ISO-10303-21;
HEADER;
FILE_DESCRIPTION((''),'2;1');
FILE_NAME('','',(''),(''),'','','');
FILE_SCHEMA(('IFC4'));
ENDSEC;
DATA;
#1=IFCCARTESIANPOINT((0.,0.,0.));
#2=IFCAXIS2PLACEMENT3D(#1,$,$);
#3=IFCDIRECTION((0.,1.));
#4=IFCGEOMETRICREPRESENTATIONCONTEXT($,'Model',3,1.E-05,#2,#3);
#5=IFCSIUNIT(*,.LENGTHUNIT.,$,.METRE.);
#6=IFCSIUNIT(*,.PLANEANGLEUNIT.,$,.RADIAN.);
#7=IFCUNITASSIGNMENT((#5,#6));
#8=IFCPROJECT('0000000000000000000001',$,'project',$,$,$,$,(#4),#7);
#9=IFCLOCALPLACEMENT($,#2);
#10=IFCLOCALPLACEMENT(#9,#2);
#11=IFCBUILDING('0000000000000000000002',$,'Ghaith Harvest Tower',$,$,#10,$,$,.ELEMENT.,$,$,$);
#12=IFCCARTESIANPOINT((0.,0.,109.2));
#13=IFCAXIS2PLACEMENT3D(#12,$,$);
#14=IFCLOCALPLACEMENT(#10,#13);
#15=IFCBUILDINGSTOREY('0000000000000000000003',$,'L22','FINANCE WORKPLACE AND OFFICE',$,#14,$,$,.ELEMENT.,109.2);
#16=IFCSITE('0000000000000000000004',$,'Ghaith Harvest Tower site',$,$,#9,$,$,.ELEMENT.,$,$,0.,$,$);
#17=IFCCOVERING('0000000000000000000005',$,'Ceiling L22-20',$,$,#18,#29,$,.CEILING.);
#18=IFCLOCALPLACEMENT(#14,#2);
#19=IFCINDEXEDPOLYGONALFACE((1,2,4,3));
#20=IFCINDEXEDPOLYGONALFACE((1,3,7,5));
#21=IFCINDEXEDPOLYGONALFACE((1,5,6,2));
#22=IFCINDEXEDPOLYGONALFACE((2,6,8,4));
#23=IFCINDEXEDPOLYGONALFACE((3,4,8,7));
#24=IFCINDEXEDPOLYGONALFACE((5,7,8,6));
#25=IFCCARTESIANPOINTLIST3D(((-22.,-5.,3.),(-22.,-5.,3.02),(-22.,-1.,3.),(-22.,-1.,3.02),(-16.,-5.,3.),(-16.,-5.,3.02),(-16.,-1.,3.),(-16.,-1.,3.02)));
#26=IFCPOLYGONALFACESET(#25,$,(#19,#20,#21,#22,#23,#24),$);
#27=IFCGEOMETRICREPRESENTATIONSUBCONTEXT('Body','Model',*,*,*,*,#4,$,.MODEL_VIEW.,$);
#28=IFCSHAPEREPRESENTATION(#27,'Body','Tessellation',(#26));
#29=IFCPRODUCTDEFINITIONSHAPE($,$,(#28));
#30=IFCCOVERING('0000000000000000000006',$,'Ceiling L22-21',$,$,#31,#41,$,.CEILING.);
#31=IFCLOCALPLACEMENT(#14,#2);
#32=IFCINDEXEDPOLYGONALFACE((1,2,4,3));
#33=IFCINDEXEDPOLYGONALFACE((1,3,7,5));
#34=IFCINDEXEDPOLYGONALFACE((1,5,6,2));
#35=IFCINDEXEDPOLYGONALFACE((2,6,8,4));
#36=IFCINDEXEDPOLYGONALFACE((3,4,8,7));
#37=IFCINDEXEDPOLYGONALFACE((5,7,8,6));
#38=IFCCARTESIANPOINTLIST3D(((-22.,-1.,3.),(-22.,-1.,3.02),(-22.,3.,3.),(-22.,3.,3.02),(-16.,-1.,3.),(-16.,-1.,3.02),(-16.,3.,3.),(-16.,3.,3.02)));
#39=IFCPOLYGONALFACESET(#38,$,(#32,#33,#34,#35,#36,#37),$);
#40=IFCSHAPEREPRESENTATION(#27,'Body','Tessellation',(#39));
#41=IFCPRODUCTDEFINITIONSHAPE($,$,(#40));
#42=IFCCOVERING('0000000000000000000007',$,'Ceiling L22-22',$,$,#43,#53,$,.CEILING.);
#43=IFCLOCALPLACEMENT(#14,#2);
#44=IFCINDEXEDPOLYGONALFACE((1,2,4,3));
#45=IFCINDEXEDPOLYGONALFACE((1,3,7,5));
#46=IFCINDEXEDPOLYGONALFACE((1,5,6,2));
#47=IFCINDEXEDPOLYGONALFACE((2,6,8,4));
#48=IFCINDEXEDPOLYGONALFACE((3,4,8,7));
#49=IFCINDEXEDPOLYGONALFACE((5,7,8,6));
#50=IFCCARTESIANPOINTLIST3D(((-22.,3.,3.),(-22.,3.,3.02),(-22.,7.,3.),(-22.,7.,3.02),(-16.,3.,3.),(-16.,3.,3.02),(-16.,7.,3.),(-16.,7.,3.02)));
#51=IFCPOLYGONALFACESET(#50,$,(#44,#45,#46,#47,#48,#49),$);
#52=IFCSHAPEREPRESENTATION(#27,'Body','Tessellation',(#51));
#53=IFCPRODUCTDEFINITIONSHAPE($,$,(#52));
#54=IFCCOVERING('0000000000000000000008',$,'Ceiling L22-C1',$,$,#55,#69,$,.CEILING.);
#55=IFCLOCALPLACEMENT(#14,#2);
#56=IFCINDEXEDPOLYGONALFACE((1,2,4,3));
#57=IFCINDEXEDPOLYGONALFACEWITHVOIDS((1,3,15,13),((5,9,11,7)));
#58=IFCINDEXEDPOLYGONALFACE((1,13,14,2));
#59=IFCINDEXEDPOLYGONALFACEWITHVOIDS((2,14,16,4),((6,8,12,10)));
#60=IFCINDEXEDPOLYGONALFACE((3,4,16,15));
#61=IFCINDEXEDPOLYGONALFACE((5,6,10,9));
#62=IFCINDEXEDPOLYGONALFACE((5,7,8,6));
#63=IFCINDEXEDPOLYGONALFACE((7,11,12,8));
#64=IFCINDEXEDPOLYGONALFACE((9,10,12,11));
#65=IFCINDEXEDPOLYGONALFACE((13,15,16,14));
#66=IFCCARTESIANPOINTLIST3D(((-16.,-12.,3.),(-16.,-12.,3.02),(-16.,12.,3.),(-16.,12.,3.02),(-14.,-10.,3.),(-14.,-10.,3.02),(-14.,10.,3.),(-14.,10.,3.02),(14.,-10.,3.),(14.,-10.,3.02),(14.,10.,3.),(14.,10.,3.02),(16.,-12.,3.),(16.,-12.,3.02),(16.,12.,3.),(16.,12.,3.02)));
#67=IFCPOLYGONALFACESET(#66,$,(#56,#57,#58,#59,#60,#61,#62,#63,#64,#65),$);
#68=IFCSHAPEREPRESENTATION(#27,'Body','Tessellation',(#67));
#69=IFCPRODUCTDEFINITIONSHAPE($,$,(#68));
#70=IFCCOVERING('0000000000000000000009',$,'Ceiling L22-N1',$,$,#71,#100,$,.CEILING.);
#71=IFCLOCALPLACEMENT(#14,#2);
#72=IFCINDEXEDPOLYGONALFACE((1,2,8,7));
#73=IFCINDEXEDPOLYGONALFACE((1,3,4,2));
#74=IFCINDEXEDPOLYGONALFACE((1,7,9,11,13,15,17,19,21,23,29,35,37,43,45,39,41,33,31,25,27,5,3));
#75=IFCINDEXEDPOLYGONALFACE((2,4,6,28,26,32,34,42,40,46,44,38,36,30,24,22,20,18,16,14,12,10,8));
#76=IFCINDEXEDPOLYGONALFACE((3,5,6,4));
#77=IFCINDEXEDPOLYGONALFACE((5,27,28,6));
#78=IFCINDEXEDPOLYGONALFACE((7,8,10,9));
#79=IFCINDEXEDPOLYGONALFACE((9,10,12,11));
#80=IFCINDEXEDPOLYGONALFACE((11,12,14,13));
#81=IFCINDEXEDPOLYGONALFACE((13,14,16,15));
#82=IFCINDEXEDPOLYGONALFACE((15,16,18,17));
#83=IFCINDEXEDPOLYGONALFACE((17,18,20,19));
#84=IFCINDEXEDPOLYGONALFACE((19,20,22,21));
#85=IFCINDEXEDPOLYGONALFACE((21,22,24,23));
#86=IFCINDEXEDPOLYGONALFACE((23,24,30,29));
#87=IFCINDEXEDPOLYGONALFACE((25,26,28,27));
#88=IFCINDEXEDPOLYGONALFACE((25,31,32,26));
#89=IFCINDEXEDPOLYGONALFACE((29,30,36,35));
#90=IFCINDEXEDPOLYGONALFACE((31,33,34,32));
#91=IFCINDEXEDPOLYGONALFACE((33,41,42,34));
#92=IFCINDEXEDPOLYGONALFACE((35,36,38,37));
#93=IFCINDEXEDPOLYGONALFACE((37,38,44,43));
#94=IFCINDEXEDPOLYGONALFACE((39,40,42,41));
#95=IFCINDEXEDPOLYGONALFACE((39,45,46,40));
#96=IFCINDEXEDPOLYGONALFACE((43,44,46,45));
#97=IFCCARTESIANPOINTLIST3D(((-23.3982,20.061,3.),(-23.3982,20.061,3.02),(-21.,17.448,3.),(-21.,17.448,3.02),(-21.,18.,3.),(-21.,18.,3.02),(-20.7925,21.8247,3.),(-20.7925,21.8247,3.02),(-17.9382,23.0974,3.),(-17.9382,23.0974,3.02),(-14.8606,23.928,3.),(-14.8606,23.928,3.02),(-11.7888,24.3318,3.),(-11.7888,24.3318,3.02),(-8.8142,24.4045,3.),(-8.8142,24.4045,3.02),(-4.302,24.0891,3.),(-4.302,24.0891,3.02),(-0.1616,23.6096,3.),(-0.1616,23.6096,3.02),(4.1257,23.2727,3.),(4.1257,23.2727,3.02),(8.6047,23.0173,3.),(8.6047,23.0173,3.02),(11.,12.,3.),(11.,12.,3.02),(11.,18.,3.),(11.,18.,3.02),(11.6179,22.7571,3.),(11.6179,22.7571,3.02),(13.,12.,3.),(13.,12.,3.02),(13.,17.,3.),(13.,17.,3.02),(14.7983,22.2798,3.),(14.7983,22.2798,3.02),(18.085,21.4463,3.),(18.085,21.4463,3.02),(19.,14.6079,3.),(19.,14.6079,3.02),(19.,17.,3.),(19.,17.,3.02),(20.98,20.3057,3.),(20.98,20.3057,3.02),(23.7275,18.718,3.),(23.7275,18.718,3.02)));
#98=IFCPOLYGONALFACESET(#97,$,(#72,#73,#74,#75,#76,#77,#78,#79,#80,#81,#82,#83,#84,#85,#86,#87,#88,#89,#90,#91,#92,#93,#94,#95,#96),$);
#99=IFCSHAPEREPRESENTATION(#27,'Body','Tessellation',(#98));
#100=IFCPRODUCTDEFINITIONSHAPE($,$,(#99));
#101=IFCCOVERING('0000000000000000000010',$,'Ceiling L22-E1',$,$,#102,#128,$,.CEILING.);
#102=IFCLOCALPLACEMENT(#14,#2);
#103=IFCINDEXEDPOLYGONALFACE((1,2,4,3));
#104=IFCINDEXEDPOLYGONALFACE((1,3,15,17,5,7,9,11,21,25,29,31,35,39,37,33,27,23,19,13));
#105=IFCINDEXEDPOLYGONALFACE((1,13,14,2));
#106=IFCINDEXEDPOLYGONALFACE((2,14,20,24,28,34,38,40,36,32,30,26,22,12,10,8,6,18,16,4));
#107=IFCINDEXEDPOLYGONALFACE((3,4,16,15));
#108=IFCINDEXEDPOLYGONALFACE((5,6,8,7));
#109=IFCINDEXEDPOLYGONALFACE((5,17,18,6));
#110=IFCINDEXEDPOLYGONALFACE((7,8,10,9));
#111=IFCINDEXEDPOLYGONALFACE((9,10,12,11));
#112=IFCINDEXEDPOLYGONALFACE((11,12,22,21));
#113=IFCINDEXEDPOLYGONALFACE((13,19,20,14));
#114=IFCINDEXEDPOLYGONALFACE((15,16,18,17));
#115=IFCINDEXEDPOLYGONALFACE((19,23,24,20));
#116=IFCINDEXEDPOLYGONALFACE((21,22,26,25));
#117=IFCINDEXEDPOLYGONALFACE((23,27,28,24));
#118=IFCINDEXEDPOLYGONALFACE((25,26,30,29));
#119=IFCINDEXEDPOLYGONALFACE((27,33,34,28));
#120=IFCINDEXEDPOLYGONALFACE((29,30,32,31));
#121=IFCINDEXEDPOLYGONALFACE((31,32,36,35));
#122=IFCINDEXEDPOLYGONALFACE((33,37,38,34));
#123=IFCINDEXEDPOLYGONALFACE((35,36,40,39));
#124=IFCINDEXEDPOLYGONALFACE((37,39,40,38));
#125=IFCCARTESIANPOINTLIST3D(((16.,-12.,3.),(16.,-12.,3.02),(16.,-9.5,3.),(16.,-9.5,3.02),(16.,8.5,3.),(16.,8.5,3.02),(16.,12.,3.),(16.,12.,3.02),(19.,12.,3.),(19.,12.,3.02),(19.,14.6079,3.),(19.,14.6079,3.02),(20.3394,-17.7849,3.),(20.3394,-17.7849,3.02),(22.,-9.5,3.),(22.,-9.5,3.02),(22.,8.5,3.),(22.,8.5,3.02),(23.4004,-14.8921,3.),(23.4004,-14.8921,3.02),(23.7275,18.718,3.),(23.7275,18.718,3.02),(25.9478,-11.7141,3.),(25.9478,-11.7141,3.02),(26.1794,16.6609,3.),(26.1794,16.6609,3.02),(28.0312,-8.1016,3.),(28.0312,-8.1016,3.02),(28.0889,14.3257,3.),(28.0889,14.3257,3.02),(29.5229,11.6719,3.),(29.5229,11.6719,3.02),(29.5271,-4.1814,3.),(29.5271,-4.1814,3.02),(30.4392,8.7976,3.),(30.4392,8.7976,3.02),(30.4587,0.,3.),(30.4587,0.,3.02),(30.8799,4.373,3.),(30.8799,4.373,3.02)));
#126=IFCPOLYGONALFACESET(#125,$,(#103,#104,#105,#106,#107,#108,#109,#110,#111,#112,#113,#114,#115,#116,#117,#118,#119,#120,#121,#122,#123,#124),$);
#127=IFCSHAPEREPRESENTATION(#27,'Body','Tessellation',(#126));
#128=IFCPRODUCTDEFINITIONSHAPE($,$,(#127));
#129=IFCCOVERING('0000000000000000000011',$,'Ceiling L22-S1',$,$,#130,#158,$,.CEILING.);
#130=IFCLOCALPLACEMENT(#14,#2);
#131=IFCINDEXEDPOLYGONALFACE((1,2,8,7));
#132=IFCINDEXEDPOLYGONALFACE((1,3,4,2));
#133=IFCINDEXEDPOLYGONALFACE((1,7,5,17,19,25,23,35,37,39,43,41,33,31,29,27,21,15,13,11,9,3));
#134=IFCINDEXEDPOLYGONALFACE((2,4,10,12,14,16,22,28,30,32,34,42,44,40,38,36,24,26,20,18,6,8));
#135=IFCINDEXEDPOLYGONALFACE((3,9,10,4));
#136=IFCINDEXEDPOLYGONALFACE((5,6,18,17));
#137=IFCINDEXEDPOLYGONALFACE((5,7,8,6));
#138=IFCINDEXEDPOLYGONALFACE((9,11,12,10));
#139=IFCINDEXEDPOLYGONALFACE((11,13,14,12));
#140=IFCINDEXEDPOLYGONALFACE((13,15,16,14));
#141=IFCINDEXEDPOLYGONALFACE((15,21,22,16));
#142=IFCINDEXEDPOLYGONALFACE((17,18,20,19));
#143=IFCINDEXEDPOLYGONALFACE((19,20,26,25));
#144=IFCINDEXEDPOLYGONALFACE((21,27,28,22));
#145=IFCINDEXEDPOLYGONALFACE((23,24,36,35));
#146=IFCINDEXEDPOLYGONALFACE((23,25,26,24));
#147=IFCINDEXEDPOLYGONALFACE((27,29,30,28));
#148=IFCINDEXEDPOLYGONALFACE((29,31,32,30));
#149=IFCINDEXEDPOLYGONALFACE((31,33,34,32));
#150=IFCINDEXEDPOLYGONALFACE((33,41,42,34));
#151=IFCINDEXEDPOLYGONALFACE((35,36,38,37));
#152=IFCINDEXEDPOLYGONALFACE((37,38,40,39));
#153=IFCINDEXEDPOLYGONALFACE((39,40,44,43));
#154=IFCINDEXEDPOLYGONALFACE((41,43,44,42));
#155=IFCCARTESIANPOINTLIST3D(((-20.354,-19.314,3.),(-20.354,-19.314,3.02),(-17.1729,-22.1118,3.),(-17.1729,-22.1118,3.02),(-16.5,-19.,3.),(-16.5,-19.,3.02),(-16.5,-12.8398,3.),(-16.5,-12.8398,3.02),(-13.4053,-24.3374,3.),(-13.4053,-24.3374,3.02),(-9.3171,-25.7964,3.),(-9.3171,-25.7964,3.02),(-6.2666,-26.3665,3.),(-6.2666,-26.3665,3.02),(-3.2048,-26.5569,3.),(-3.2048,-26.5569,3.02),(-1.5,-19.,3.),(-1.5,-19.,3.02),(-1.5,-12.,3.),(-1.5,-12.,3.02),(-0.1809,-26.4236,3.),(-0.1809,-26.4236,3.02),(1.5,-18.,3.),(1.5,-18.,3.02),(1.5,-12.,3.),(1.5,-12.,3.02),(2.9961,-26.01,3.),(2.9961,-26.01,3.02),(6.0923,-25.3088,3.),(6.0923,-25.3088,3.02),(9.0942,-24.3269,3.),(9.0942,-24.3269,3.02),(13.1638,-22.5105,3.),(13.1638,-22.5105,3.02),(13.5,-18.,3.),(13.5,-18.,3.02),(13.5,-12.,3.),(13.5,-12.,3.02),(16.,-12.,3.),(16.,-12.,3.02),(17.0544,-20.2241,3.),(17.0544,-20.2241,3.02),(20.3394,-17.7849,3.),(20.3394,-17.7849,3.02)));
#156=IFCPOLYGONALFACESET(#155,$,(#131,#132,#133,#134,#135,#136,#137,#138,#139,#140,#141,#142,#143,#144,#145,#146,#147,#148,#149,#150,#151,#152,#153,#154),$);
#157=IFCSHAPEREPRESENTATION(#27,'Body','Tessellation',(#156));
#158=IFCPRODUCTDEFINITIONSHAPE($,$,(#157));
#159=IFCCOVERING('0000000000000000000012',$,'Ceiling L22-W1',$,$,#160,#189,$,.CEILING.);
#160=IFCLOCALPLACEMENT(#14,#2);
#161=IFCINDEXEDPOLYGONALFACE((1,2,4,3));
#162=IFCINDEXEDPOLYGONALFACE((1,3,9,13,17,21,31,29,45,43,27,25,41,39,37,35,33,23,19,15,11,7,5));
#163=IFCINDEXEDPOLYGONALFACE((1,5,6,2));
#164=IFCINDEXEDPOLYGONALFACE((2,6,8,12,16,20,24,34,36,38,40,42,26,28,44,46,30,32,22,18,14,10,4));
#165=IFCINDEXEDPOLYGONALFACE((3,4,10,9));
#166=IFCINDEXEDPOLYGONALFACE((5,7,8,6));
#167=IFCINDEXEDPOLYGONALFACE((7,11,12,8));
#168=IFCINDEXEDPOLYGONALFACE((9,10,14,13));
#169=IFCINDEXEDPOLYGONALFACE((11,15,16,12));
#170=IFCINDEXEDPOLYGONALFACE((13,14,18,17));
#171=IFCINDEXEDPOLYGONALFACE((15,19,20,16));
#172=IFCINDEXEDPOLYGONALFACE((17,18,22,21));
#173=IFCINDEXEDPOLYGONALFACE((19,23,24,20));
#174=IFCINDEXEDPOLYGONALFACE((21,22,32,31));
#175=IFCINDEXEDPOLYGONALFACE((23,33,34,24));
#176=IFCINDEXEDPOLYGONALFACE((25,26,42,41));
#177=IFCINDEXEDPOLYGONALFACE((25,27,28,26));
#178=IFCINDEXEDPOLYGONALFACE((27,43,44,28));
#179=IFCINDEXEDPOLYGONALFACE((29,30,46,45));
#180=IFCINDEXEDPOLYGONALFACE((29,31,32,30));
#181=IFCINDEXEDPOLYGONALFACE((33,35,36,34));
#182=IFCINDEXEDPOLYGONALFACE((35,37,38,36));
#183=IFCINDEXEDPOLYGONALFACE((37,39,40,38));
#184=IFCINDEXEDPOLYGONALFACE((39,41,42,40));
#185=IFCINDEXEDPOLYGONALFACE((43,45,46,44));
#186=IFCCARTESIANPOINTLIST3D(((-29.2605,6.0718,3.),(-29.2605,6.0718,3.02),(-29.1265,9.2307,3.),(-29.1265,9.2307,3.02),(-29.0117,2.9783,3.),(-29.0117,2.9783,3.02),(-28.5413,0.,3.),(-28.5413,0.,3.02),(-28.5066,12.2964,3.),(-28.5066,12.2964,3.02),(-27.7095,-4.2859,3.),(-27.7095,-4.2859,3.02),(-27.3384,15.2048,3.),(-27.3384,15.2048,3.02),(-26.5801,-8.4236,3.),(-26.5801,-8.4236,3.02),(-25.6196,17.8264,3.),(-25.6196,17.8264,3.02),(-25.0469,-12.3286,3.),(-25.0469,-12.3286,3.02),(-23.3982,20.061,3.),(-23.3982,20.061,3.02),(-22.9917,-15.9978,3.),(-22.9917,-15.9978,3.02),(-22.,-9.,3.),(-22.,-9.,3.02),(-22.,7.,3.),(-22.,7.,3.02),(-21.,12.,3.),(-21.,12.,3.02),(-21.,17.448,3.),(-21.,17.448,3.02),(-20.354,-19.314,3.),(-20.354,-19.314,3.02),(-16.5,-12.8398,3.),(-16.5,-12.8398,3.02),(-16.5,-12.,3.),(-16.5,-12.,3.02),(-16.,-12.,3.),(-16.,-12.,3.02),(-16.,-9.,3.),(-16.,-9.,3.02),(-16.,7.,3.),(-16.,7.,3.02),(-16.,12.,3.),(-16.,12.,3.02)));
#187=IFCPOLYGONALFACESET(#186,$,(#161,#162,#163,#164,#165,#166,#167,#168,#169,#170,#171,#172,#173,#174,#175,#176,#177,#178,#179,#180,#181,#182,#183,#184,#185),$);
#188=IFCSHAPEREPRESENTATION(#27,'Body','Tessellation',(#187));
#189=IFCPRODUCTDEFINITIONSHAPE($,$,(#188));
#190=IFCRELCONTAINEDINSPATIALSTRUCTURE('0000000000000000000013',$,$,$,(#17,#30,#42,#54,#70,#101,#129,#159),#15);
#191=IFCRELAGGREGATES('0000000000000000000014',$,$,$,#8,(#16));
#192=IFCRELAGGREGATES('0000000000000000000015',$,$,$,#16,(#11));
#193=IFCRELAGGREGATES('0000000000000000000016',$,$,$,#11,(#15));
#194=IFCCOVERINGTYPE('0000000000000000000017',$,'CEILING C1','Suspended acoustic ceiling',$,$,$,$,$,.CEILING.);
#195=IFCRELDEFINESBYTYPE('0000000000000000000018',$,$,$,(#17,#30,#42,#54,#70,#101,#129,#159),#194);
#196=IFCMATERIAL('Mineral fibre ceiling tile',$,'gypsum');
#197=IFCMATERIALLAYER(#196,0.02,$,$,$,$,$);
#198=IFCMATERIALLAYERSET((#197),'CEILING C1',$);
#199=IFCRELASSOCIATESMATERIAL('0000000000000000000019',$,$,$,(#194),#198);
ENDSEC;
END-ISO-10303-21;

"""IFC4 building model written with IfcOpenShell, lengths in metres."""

from ifc_helpers import new_model, si_unit, direction, frame, origin, place, context, subcontext, project, spatial, polyline, outline, extrude, material, layer, layer_set, type_object, element, save


model = new_model("IFC4")

# Units and contexts
model_context = context("Model", 3, precision=1e-05, world=origin(), true_north=direction((0.0, 1.0)))
body_context = subcontext(model_context, "Body", "Model", "MODEL_VIEW")
ifc_project = project(units=[si_unit("LENGTHUNIT", "METRE"), si_unit("PLANEANGLEUNIT", "RADIAN")], contexts=[model_context])

# Site, building, storey
site_placement = place(None, origin())
site = spatial("IfcSite", under=ifc_project, at=site_placement, Name="Ghaith Harvest Tower site", CompositionType="ELEMENT", RefElevation=0.0)
building_placement = place(site_placement, origin())
building = spatial("IfcBuilding", under=site, at=building_placement, Name="Ghaith Harvest Tower", CompositionType="ELEMENT")
storey_placement = place(building_placement, frame((0.0, 0.0, 109.2)))
storey = spatial("IfcBuildingStorey", under=building, at=storey_placement, Name="L22", Description="FINANCE WORKPLACE AND OFFICE", CompositionType="ELEMENT", Elevation=109.2)

# Coverings
ifc_material_1 = material(Name="Mineral fibre ceiling tile", Category="gypsum")
ifc_layer_1 = layer(ifc_material_1, 0.02)
ifc_layer_set_1 = layer_set([ifc_layer_1], Name="CEILING C1")
covering_type = type_object("IfcCoveringType", Name="CEILING C1", Description="Suspended acoustic ceiling", PredefinedType="CEILING", material=ifc_layer_set_1)
covering_1_placement = place(storey_placement, frame((0.0, 0.0, 3.0)))
element("IfcCovering", 1, at=covering_1_placement, inside=storey, type_object=covering_type, Name="Ceiling L22-20", PredefinedType="CEILING", context=body_context, shape_type="SweptSolid", body=[
    extrude(outline(polyline([(-22.0, -5.0), (-16.0, -5.0), (-16.0, -1.0), (-22.0, -1.0), (-22.0, -5.0)])), origin(), (0.0, 0.0, 1.0), 0.02),
])
covering_2_placement = place(storey_placement, frame((0.0, 0.0, 3.0)))
element("IfcCovering", 2, at=covering_2_placement, inside=storey, type_object=covering_type, Name="Ceiling L22-21", PredefinedType="CEILING", context=body_context, shape_type="SweptSolid", body=[
    extrude(outline(polyline([(-22.0, -1.0), (-16.0, -1.0), (-16.0, 3.0), (-22.0, 3.0), (-22.0, -1.0)])), origin(), (0.0, 0.0, 1.0), 0.02),
])
covering_3_placement = place(storey_placement, frame((0.0, 0.0, 3.0)))
element("IfcCovering", 3, at=covering_3_placement, inside=storey, type_object=covering_type, Name="Ceiling L22-22", PredefinedType="CEILING", context=body_context, shape_type="SweptSolid", body=[
    extrude(outline(polyline([(-22.0, 3.0), (-16.0, 3.0), (-16.0, 7.0), (-22.0, 7.0), (-22.0, 3.0)])), origin(), (0.0, 0.0, 1.0), 0.02),
])
covering_4_placement = place(storey_placement, frame((0.0, 0.0, 3.0)))
element("IfcCovering", 4, at=covering_4_placement, inside=storey, type_object=covering_type, Name="Ceiling L22-C1", PredefinedType="CEILING", context=body_context, shape_type="SweptSolid", body=[
    extrude(outline(polyline([(-16.0, 12.0), (16.0, 12.0), (16.0, -12.0), (-16.0, -12.0), (-16.0, 12.0)]), holes=[polyline([(-14.0, -10.0), (14.0, -10.0), (14.0, 10.0), (-14.0, 10.0), (-14.0, -10.0)])]), origin(), (0.0, 0.0, 1.0), 0.02),
])
covering_5_placement = place(storey_placement, frame((0.0, 0.0, 3.0)))
element("IfcCovering", 5, at=covering_5_placement, inside=storey, type_object=covering_type, Name="Ceiling L22-N1", PredefinedType="CEILING", context=body_context, shape_type="SweptSolid", body=[
    extrude(outline(polyline([(-20.7925, 21.8247), (-17.9382, 23.0974), (-14.8606, 23.928), (-11.7888, 24.3318), (-8.8142, 24.4045), (-4.302, 24.0891), (-0.1616, 23.6096), (4.1257, 23.2727), (8.6047, 23.0173), (11.6179, 22.7571), (14.7983, 22.2798), (18.085, 21.4463), (20.98, 20.3057), (23.7275, 18.718), (19.0, 14.6079), (19.0, 17.0), (13.0, 17.0), (13.0, 12.0), (11.0, 12.0), (11.0, 18.0), (-21.0, 18.0), (-21.0, 17.448), (-23.3982, 20.061), (-20.7925, 21.8247)])), origin(), (0.0, 0.0, 1.0), 0.02),
])
covering_6_placement = place(storey_placement, frame((0.0, 0.0, 3.0)))
element("IfcCovering", 6, at=covering_6_placement, inside=storey, type_object=covering_type, Name="Ceiling L22-E1", PredefinedType="CEILING", context=body_context, shape_type="SweptSolid", body=[
    extrude(outline(polyline([(26.1794, 16.6609), (28.0889, 14.3257), (29.5229, 11.6719), (30.4392, 8.7976), (30.8799, 4.373), (30.4587, 0.0), (29.5271, -4.1814), (28.0312, -8.1016), (25.9478, -11.7141), (23.4004, -14.8921), (20.3394, -17.7849), (16.0, -12.0), (16.0, -9.5), (22.0, -9.5), (22.0, 8.5), (16.0, 8.5), (16.0, 12.0), (19.0, 12.0), (19.0, 14.6079), (23.7275, 18.718), (26.1794, 16.6609)])), origin(), (0.0, 0.0, 1.0), 0.02),
])
covering_7_placement = place(storey_placement, frame((0.0, 0.0, 3.0)))
element("IfcCovering", 7, at=covering_7_placement, inside=storey, type_object=covering_type, Name="Ceiling L22-S1", PredefinedType="CEILING", context=body_context, shape_type="SweptSolid", body=[
    extrude(outline(polyline([(17.0544, -20.2241), (13.1638, -22.5105), (9.0942, -24.3269), (6.0923, -25.3088), (2.9961, -26.01), (-0.1809, -26.4236), (-3.2048, -26.5569), (-6.2666, -26.3665), (-9.3171, -25.7964), (-13.4053, -24.3374), (-17.1729, -22.1118), (-20.354, -19.314), (-16.5, -12.8398), (-16.5, -19.0), (-1.5, -19.0), (-1.5, -12.0), (1.5, -12.0), (1.5, -18.0), (13.5, -18.0), (13.5, -12.0), (16.0, -12.0), (20.3394, -17.7849), (17.0544, -20.2241)])), origin(), (0.0, 0.0, 1.0), 0.02),
])
covering_8_placement = place(storey_placement, frame((0.0, 0.0, 3.0)))
element("IfcCovering", 8, at=covering_8_placement, inside=storey, type_object=covering_type, Name="Ceiling L22-W1", PredefinedType="CEILING", context=body_context, shape_type="SweptSolid", body=[
    extrude(outline(polyline([(-29.1265, 9.2307), (-28.5066, 12.2964), (-27.3384, 15.2048), (-25.6196, 17.8264), (-23.3982, 20.061), (-21.0, 17.448), (-21.0, 12.0), (-16.0, 12.0), (-16.0, 7.0), (-22.0, 7.0), (-22.0, -9.0), (-16.0, -9.0), (-16.0, -12.0), (-16.5, -12.0), (-16.5, -12.8398), (-20.354, -19.314), (-22.9917, -15.9978), (-25.0469, -12.3286), (-26.5801, -8.4236), (-27.7095, -4.2859), (-28.5413, 0.0), (-29.0117, 2.9783), (-29.2605, 6.0718), (-29.1265, 9.2307)])), origin(), (0.0, 0.0, 1.0), 0.02),
])

save(model, "model.ifc")
